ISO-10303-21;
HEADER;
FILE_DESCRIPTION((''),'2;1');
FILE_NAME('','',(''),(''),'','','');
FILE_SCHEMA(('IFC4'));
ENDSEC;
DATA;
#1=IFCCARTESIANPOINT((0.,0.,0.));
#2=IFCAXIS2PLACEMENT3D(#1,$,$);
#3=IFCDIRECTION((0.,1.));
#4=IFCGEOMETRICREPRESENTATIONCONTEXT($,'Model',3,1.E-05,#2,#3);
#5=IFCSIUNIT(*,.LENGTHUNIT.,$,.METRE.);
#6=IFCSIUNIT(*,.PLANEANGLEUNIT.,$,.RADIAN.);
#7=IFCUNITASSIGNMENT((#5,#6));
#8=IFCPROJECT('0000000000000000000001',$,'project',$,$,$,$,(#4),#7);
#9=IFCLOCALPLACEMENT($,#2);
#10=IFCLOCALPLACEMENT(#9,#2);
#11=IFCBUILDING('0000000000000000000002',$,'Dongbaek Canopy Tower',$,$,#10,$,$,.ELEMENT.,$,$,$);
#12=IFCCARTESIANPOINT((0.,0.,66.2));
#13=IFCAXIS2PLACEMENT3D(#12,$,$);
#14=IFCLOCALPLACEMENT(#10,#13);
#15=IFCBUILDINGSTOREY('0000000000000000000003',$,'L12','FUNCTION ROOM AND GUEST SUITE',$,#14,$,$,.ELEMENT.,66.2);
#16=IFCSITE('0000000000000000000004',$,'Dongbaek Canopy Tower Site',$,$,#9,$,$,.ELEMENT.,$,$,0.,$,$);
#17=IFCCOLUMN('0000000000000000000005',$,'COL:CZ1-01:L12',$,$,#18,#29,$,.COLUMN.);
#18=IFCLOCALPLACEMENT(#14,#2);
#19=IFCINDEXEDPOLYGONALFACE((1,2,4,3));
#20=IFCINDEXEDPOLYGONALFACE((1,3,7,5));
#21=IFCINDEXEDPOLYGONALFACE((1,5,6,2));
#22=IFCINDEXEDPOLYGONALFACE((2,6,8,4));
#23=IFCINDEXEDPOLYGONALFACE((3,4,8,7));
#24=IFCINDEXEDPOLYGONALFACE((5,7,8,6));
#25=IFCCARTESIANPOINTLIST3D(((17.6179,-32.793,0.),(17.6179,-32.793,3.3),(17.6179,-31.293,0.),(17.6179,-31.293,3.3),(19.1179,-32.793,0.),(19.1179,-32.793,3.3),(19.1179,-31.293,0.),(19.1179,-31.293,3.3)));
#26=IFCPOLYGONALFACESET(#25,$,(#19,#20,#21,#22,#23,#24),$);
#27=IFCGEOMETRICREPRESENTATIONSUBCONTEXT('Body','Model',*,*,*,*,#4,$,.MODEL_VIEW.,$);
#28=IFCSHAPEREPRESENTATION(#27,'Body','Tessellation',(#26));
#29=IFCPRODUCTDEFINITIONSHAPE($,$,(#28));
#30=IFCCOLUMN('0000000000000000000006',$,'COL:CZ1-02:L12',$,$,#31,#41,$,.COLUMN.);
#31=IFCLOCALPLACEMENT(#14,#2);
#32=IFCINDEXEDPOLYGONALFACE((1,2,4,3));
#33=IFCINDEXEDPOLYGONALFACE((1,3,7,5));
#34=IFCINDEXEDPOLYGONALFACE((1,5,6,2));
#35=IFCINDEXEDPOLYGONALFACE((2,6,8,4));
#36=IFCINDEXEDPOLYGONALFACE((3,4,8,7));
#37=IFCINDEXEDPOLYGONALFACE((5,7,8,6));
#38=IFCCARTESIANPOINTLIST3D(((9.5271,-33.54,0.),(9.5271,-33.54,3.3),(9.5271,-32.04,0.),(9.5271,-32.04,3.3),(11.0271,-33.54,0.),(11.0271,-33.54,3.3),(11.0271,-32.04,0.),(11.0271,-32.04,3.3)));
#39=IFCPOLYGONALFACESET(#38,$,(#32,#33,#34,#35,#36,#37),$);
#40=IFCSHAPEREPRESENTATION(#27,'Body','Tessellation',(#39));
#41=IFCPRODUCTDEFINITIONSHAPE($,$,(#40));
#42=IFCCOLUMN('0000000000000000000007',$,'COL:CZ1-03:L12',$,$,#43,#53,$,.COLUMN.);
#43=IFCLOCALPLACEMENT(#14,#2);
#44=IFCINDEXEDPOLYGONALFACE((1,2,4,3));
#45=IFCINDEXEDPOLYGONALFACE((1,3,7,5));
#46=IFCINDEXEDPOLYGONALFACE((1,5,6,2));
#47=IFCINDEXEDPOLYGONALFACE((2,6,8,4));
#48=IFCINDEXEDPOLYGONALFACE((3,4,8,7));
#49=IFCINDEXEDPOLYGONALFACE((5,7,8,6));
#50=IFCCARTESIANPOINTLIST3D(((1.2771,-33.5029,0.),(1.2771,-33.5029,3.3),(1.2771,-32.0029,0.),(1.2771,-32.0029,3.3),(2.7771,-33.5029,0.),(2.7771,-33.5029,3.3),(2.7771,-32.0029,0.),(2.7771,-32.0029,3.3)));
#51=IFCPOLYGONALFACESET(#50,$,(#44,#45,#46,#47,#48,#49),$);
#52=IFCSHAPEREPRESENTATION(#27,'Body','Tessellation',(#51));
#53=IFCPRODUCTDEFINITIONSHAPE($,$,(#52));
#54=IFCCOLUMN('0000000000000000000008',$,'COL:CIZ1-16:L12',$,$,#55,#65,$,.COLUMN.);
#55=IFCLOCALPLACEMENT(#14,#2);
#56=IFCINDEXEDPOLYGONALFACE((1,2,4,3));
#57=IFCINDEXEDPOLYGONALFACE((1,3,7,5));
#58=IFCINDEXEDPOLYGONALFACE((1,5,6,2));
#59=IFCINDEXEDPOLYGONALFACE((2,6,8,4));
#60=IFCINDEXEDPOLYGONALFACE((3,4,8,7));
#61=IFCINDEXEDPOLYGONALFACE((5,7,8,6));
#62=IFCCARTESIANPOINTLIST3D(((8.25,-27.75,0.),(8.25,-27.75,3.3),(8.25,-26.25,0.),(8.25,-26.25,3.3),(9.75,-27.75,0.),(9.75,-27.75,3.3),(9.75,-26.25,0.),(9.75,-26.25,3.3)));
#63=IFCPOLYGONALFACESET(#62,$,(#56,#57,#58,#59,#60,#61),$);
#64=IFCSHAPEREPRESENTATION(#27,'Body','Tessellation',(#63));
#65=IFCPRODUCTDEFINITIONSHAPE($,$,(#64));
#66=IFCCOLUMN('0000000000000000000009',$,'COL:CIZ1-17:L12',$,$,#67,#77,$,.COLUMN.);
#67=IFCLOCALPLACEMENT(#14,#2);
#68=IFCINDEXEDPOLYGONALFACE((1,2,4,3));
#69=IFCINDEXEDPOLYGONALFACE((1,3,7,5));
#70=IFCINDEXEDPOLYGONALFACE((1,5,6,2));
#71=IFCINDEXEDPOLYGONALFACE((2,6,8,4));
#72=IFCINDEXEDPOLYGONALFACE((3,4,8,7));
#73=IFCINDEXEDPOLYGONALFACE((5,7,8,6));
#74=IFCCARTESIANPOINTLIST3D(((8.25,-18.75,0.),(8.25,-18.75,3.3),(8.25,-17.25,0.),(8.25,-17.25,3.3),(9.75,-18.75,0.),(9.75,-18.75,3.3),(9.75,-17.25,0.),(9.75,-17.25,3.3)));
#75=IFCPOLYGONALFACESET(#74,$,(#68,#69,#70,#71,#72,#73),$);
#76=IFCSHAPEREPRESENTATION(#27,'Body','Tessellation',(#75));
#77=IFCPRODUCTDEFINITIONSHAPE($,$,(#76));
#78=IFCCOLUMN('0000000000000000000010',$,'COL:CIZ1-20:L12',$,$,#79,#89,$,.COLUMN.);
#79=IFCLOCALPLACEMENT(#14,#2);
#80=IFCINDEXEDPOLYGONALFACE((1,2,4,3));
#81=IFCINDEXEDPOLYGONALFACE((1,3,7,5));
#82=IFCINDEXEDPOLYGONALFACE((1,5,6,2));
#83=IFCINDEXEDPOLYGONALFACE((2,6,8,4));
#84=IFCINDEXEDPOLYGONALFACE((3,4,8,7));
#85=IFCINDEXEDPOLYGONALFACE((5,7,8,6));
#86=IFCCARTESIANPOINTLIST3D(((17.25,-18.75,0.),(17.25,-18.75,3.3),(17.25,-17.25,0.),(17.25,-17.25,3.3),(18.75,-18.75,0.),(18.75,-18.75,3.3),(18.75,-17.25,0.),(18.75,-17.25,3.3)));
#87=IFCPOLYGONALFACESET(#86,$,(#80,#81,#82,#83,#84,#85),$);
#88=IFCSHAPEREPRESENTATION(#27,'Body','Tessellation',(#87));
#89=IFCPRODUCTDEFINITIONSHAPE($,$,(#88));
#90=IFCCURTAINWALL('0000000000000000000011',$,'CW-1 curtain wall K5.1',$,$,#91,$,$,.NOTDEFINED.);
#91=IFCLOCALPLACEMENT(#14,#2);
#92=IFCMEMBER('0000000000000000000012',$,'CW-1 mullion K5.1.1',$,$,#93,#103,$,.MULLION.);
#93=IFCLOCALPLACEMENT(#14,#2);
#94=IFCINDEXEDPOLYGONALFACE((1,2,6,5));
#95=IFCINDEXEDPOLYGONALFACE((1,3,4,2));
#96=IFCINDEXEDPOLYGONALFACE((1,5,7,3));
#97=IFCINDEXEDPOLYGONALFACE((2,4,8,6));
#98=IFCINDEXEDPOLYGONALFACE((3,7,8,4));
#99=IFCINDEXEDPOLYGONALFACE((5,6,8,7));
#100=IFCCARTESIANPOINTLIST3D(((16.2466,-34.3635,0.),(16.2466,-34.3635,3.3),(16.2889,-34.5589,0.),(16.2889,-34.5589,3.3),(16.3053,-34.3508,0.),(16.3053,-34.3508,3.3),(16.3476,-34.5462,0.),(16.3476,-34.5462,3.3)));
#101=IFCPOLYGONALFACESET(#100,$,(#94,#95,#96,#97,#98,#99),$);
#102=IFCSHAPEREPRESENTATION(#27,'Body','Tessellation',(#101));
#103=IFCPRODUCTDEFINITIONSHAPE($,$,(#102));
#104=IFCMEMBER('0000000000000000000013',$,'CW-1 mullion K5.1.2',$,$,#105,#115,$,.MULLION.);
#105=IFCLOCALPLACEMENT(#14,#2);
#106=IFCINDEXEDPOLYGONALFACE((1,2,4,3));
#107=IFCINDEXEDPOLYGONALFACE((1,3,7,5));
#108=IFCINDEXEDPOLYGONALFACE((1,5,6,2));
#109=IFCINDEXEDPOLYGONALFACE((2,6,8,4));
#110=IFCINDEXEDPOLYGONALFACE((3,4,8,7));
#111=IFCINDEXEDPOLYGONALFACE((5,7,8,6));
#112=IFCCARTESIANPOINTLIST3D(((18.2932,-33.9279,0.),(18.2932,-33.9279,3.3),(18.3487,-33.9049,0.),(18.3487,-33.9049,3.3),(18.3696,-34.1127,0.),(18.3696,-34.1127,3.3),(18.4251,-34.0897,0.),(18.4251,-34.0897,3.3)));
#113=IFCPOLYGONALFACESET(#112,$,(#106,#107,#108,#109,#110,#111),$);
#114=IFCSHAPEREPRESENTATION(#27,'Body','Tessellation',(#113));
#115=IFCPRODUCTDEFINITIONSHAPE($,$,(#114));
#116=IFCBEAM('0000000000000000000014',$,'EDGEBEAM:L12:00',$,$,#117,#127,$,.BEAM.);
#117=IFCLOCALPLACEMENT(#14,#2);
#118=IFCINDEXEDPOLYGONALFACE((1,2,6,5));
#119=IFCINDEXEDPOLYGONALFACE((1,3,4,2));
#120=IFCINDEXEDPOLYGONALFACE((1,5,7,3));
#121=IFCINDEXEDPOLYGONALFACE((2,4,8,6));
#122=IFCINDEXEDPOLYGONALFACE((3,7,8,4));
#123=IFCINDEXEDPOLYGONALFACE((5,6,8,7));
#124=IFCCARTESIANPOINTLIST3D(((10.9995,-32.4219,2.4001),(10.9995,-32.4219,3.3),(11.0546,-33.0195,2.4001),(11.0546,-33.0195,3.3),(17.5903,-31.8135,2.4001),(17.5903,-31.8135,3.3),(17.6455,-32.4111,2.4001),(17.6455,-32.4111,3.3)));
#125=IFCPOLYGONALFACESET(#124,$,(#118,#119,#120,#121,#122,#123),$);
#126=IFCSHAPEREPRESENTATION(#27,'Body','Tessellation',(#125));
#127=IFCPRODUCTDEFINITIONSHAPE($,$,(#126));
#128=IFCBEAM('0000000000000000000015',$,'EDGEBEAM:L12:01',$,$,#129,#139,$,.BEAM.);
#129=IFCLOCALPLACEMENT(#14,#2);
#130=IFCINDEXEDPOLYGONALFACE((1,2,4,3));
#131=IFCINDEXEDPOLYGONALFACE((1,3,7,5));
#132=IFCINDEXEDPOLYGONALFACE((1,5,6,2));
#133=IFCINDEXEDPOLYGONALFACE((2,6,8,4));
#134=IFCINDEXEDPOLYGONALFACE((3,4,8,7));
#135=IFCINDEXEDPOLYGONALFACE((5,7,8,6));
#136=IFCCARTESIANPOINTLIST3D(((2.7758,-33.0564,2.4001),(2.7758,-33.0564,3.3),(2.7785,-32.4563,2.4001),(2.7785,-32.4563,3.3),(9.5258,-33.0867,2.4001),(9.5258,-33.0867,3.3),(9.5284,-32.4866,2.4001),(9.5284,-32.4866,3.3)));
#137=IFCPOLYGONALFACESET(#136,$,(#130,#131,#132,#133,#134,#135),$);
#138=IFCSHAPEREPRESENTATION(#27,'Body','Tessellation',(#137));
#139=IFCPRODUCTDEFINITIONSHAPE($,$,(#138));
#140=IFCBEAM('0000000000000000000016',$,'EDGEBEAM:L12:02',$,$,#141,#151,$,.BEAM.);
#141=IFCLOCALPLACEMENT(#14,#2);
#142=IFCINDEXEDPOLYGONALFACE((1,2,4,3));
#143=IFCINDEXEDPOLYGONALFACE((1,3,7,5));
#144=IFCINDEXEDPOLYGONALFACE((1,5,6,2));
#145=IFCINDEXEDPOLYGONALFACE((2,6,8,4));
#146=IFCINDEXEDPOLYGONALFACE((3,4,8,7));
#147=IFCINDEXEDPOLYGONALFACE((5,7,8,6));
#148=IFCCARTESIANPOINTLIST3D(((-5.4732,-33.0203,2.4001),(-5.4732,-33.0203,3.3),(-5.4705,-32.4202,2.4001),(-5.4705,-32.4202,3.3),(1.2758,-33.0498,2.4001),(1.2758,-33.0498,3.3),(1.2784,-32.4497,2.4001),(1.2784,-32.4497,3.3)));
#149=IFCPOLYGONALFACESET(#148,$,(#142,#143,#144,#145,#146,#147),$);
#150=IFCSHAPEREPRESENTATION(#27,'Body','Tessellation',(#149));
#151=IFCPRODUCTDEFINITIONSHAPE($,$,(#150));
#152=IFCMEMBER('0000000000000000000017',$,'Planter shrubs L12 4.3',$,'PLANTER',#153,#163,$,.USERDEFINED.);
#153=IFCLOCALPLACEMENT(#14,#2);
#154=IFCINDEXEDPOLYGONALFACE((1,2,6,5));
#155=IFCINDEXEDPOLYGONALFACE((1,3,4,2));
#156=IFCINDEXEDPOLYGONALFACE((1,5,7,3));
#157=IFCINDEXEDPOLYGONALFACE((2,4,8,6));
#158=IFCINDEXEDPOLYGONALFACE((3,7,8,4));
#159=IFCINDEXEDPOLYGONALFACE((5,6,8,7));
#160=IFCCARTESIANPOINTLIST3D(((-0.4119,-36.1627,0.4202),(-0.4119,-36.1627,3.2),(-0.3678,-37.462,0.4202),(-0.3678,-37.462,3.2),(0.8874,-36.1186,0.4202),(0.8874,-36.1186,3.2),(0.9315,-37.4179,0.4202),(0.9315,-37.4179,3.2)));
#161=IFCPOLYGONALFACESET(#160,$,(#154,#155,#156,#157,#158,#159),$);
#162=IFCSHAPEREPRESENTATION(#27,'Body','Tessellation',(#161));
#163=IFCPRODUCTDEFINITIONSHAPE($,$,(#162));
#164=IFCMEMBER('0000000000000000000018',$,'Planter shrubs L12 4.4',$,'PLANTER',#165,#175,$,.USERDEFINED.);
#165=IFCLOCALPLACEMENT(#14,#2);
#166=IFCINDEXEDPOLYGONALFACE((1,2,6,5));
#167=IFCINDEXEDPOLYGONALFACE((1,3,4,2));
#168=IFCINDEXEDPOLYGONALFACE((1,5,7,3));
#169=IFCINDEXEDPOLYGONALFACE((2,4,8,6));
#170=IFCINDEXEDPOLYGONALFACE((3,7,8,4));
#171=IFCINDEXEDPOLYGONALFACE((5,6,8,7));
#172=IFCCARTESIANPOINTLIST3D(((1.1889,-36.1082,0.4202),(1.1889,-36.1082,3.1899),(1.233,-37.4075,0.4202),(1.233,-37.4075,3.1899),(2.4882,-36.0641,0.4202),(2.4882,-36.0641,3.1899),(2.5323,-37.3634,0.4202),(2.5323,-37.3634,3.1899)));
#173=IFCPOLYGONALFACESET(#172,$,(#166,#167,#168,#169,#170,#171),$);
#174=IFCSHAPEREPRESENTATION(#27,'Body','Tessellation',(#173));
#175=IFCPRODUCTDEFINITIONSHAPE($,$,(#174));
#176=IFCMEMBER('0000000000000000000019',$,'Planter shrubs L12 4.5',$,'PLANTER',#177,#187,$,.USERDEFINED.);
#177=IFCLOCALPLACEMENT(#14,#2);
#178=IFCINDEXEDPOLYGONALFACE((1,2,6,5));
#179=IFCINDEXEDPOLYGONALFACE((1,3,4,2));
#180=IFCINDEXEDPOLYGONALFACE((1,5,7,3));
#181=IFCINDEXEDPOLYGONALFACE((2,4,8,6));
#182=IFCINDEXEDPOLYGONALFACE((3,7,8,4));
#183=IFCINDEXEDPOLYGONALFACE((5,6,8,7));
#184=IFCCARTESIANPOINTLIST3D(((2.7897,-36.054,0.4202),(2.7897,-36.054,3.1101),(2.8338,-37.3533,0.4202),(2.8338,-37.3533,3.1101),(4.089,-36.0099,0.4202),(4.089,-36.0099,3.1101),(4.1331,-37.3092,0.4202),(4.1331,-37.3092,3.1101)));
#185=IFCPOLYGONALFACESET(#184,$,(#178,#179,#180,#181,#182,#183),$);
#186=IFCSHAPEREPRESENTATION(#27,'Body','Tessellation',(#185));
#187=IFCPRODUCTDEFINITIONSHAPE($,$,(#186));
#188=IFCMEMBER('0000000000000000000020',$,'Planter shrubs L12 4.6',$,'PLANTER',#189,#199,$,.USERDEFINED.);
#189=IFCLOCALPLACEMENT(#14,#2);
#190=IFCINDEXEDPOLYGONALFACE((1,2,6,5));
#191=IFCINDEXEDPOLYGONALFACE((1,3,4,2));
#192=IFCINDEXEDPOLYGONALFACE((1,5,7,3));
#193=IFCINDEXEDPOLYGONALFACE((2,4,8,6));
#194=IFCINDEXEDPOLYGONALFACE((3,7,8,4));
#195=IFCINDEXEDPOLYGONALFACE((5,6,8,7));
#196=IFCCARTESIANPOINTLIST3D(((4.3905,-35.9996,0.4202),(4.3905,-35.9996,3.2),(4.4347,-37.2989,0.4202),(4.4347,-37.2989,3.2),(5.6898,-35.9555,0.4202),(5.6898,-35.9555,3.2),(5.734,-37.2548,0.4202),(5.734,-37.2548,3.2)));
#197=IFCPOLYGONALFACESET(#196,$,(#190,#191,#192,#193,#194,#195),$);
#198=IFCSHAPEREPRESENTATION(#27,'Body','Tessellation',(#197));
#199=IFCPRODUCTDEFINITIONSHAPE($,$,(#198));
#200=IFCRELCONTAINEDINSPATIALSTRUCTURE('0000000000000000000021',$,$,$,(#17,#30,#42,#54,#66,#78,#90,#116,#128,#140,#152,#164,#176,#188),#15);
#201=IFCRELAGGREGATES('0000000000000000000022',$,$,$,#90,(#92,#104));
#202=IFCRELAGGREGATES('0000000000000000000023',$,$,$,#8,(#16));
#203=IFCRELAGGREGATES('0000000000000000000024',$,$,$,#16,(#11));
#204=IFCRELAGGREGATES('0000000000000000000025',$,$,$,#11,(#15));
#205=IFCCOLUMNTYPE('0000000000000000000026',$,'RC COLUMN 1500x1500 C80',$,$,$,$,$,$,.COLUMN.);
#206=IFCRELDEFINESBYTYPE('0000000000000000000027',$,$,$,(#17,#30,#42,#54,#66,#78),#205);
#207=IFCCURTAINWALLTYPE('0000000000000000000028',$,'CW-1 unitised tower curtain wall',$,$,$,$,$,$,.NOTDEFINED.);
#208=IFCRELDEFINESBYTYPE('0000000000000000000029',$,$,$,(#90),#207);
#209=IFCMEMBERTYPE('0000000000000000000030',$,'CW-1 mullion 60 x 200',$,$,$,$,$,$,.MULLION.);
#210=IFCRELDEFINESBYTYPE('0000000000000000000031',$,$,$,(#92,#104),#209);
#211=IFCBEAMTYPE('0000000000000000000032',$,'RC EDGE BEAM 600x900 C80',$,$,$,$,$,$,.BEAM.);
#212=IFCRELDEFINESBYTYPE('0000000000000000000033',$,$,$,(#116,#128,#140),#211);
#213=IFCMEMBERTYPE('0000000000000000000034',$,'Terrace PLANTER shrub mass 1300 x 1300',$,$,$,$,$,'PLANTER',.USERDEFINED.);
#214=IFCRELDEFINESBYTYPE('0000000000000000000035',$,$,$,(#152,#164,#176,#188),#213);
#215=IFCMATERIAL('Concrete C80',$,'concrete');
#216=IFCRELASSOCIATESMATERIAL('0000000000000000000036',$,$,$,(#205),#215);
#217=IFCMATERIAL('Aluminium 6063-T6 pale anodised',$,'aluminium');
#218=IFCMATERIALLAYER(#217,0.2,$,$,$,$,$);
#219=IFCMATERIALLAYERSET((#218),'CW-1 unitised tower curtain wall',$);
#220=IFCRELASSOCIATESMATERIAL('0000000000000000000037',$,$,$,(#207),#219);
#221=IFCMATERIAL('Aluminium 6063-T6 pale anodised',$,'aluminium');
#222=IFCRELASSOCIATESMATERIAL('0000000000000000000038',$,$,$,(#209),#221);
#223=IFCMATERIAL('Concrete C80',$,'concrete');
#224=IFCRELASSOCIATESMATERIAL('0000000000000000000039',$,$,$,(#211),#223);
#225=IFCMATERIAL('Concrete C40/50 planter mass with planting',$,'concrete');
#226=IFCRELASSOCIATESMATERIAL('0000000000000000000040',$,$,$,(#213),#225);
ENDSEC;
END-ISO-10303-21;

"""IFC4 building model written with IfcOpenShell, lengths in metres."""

from ifc_helpers import new_model, si_unit, direction, frame, origin, origin_2d, place, context, subcontext, project, spatial, rectangle, extrude, material, layer, layer_set, material_profile, profile_set, type_object, element, aggregate, save


model = new_model("IFC4")

# Units and contexts
model_context = context("Model", 3, precision=1e-05, world=origin(), true_north=direction((0.0, 1.0)))
body_context = subcontext(model_context, "Body", "Model", "MODEL_VIEW")
ifc_project = project(units=[si_unit("LENGTHUNIT", "METRE"), si_unit("PLANEANGLEUNIT", "RADIAN")], contexts=[model_context])

# Site, building, storey
site_placement = place(None, origin())
site = spatial("IfcSite", under=ifc_project, at=site_placement, Name="Dongbaek Canopy Tower Site", CompositionType="ELEMENT", RefElevation=0.0)
building_placement = place(site_placement, origin())
building = spatial("IfcBuilding", under=site, at=building_placement, Name="Dongbaek Canopy Tower", CompositionType="ELEMENT")
storey_placement = place(building_placement, frame((0.0, 0.0, 66.2)))
storey = spatial("IfcBuildingStorey", under=building, at=storey_placement, Name="L12", Description="FUNCTION ROOM AND GUEST SUITE", CompositionType="ELEMENT", Elevation=66.2)

# Columns
ifc_material_1 = material(Name="Concrete C80", Category="concrete")
ifc_material_profile_1 = material_profile(ifc_material_1, rectangle(XDim=1.5, YDim=1.5, at=origin_2d()), Name="RC COLUMN 1500x1500 C80")
ifc_profile_set_1 = profile_set([ifc_material_profile_1], Name="Concrete C80")
column_type = type_object("IfcColumnType", Name="RC COLUMN 1500x1500 C80", PredefinedType="COLUMN", material=ifc_profile_set_1)
for number, where, z_axis, x_axis, name in (
    (1, (18.3679, -32.043, 0.0), (0.0, 0.0, 1.0), (1.0, 0.0, 0.0), "COL:CZ1-01:L12"),
    (2, (10.2771, -32.79, 0.0), (0.0, 0.0, 1.0), (1.0, 0.0, 0.0), "COL:CZ1-02:L12"),
    (3, (2.0271, -32.7529, 0.0), (0.0, 0.0, 1.0), (1.0, 0.0, 0.0), "COL:CZ1-03:L12"),
    (4, (9.0, -27.0, 0.0), (0.0, 0.0, 1.0), (1.0, 0.0, 0.0), "COL:CIZ1-16:L12"),
    (5, (9.0, -18.0, 0.0), (0.0, 0.0, 1.0), (1.0, 0.0, 0.0), "COL:CIZ1-17:L12"),
    (6, (18.0, -18.0, 0.0), (0.0, 0.0, 1.0), (1.0, 0.0, 0.0), "COL:CIZ1-20:L12"),
):
    element("IfcColumn", number, at=place(storey_placement, frame(where, z_axis=z_axis, x_axis=x_axis)), inside=storey, type_object=column_type, Name=name, PredefinedType="COLUMN", context=body_context, shape_type="SweptSolid", body=[
        extrude(rectangle(XDim=1.5, YDim=1.5, at=origin_2d()), origin(), (0.0, 0.0, 1.0), 3.3),
    ])

# Curtain wall, members
ifc_material_2 = material(Name="Aluminium 6063-T6 pale anodised", Category="aluminium")
ifc_layer_1 = layer(ifc_material_2, 0.2)
ifc_layer_set_1 = layer_set([ifc_layer_1], Name="CW-1 unitised tower curtain wall")
curtain_wall_type = type_object("IfcCurtainWallType", Name="CW-1 unitised tower curtain wall", PredefinedType="NOTDEFINED", material=ifc_layer_set_1)
curtain_wall_placement = place(storey_placement, origin())
curtain_wall = element("IfcCurtainWall", 7, at=curtain_wall_placement, inside=storey, type_object=curtain_wall_type, Name="CW-1 curtain wall K5.1", PredefinedType="NOTDEFINED")
ifc_material_3 = material(Name="Aluminium 6063-T6 pale anodised", Category="aluminium")
ifc_material_profile_2 = material_profile(ifc_material_3, rectangle(XDim=0.2, YDim=0.0601, at=origin_2d()), Name="CW-1 mullion 60 x 200")
ifc_profile_set_2 = profile_set([ifc_material_profile_2], Name="Aluminium 6063-T6 pale anodised")
member_type_1 = type_object("IfcMemberType", Name="CW-1 mullion 60 x 200", PredefinedType="MULLION", material=ifc_profile_set_2)
member_1_placement = place(storey_placement, frame((16.2971, -34.4548, 0.0), z_axis=(0.0, 0.0, 1.0), x_axis=(0.211349, -0.977411, 0.0)))
member_1 = element("IfcMember", 8, at=member_1_placement, type_object=member_type_1, Name="CW-1 mullion K5.1.1", PredefinedType="MULLION", context=body_context, shape_type="SweptSolid", body=[
    extrude(rectangle(XDim=0.2, YDim=0.0601, at=origin_2d()), origin(), (0.0, 0.0, 1.0), 3.3),
])
member_2_placement = place(storey_placement, frame((18.3591, -34.0088, 0.0), z_axis=(0.0, 0.0, 1.0), x_axis=(0.382011, -0.924158, 0.0)))
member_2 = element("IfcMember", 9, at=member_2_placement, type_object=member_type_1, Name="CW-1 mullion K5.1.2", PredefinedType="MULLION", context=body_context, shape_type="SweptSolid", body=[
    extrude(rectangle(XDim=0.2, YDim=0.0601, at=origin_2d()), origin(), (0.0, 0.0, 1.0), 3.3),
])

# Beams
ifc_material_4 = material(Name="Concrete C80", Category="concrete")
ifc_material_profile_3 = material_profile(ifc_material_4, rectangle(XDim=0.6001, YDim=0.8999, at=origin_2d()), Name="RC EDGE BEAM 600x900 C80")
ifc_profile_set_3 = profile_set([ifc_material_profile_3], Name="Concrete C80")
beam_type = type_object("IfcBeamType", Name="RC EDGE BEAM 600x900 C80", PredefinedType="BEAM", material=ifc_profile_set_3)
beam_1_placement = place(storey_placement, frame((17.6179, -32.1123, 2.8501), z_axis=(-0.995766, -0.091919, 0.0), x_axis=(0.091919, -0.995766, 0.0)))
element("IfcBeam", 10, at=beam_1_placement, inside=storey, type_object=beam_type, Name="EDGEBEAM:L12:00", PredefinedType="BEAM", context=body_context, shape_type="SweptSolid", body=[
    extrude(rectangle(XDim=0.6001, YDim=0.8999, at=origin_2d()), origin(), (0.0, 0.0, 1.0), 6.6189),
])
beam_2_placement = place(storey_placement, frame((9.5271, -32.7866, 2.8501), z_axis=(-0.99999, 0.004485, 0.0), x_axis=(-0.004485, -0.99999, 0.0)))
element("IfcBeam", 11, at=beam_2_placement, inside=storey, type_object=beam_type, Name="EDGEBEAM:L12:01", PredefinedType="BEAM", context=body_context, shape_type="SweptSolid", body=[
    extrude(rectangle(XDim=0.6001, YDim=0.8999, at=origin_2d()), origin(), (0.0, 0.0, 1.0), 6.75),
])
beam_3_placement = place(storey_placement, frame((1.2771, -32.7498, 2.8501), z_axis=(-0.99999, 0.004377, 0.0), x_axis=(-0.004377, -0.99999, 0.0)))
element("IfcBeam", 12, at=beam_3_placement, inside=storey, type_object=beam_type, Name="EDGEBEAM:L12:02", PredefinedType="BEAM", context=body_context, shape_type="SweptSolid", body=[
    extrude(rectangle(XDim=0.6001, YDim=0.8999, at=origin_2d()), origin(), (0.0, 0.0, 1.0), 6.749),
])

# Members
ifc_material_5 = material(Name="Concrete C40/50 planter mass with planting", Category="concrete")
ifc_material_profile_4 = material_profile(ifc_material_5, rectangle(XDim=1.3, YDim=1.3, at=origin_2d()), Name="Terrace PLANTER shrub mass 1300 x 1300")
ifc_profile_set_4 = profile_set([ifc_material_profile_4], Name="Concrete C40/50 planter mass with planting")
member_type_2 = type_object("IfcMemberType", Name="Terrace PLANTER shrub mass 1300 x 1300", ElementType="PLANTER", PredefinedType="USERDEFINED", material=ifc_profile_set_4)
member_3_placement = place(storey_placement, frame((0.2598, -36.7903, 0.4202), z_axis=(0.0, 0.0, 1.0), x_axis=(0.033933, -0.999424, 0.0)))
element("IfcMember", 13, at=member_3_placement, inside=storey, type_object=member_type_2, Name="Planter shrubs L12 4.3", ObjectType="PLANTER", PredefinedType="USERDEFINED", context=body_context, shape_type="SweptSolid", body=[
    extrude(rectangle(XDim=1.3, YDim=1.3, at=origin_2d()), origin(), (0.0, 0.0, 1.0), 2.7798),
])
member_4_placement = place(storey_placement, frame((1.8606, -36.7358, 0.4202), z_axis=(0.0, 0.0, 1.0), x_axis=(0.033933, -0.999424, 0.0)))
element("IfcMember", 14, at=member_4_placement, inside=storey, type_object=member_type_2, Name="Planter shrubs L12 4.4", ObjectType="PLANTER", PredefinedType="USERDEFINED", context=body_context, shape_type="SweptSolid", body=[
    extrude(rectangle(XDim=1.3, YDim=1.3, at=origin_2d()), origin(), (0.0, 0.0, 1.0), 2.7698),
])
member_5_placement = place(storey_placement, frame((3.4614, -36.6816, 0.4202), z_axis=(0.0, 0.0, 1.0), x_axis=(0.033933, -0.999424, 0.0)))
element("IfcMember", 15, at=member_5_placement, inside=storey, type_object=member_type_2, Name="Planter shrubs L12 4.5", ObjectType="PLANTER", PredefinedType="USERDEFINED", context=body_context, shape_type="SweptSolid", body=[
    extrude(rectangle(XDim=1.3, YDim=1.3, at=origin_2d()), origin(), (0.0, 0.0, 1.0), 2.6899),
])
member_6_placement = place(storey_placement, frame((5.0623, -36.6272, 0.4202), z_axis=(0.0, 0.0, 1.0), x_axis=(0.033933, -0.999424, 0.0)))
element("IfcMember", 16, at=member_6_placement, inside=storey, type_object=member_type_2, Name="Planter shrubs L12 4.6", ObjectType="PLANTER", PredefinedType="USERDEFINED", context=body_context, shape_type="SweptSolid", body=[
    extrude(rectangle(XDim=1.3, YDim=1.3, at=origin_2d()), origin(), (0.0, 0.0, 1.0), 2.7798),
])

aggregate(curtain_wall, [member_1, member_2])

save(model, "model.ifc")
